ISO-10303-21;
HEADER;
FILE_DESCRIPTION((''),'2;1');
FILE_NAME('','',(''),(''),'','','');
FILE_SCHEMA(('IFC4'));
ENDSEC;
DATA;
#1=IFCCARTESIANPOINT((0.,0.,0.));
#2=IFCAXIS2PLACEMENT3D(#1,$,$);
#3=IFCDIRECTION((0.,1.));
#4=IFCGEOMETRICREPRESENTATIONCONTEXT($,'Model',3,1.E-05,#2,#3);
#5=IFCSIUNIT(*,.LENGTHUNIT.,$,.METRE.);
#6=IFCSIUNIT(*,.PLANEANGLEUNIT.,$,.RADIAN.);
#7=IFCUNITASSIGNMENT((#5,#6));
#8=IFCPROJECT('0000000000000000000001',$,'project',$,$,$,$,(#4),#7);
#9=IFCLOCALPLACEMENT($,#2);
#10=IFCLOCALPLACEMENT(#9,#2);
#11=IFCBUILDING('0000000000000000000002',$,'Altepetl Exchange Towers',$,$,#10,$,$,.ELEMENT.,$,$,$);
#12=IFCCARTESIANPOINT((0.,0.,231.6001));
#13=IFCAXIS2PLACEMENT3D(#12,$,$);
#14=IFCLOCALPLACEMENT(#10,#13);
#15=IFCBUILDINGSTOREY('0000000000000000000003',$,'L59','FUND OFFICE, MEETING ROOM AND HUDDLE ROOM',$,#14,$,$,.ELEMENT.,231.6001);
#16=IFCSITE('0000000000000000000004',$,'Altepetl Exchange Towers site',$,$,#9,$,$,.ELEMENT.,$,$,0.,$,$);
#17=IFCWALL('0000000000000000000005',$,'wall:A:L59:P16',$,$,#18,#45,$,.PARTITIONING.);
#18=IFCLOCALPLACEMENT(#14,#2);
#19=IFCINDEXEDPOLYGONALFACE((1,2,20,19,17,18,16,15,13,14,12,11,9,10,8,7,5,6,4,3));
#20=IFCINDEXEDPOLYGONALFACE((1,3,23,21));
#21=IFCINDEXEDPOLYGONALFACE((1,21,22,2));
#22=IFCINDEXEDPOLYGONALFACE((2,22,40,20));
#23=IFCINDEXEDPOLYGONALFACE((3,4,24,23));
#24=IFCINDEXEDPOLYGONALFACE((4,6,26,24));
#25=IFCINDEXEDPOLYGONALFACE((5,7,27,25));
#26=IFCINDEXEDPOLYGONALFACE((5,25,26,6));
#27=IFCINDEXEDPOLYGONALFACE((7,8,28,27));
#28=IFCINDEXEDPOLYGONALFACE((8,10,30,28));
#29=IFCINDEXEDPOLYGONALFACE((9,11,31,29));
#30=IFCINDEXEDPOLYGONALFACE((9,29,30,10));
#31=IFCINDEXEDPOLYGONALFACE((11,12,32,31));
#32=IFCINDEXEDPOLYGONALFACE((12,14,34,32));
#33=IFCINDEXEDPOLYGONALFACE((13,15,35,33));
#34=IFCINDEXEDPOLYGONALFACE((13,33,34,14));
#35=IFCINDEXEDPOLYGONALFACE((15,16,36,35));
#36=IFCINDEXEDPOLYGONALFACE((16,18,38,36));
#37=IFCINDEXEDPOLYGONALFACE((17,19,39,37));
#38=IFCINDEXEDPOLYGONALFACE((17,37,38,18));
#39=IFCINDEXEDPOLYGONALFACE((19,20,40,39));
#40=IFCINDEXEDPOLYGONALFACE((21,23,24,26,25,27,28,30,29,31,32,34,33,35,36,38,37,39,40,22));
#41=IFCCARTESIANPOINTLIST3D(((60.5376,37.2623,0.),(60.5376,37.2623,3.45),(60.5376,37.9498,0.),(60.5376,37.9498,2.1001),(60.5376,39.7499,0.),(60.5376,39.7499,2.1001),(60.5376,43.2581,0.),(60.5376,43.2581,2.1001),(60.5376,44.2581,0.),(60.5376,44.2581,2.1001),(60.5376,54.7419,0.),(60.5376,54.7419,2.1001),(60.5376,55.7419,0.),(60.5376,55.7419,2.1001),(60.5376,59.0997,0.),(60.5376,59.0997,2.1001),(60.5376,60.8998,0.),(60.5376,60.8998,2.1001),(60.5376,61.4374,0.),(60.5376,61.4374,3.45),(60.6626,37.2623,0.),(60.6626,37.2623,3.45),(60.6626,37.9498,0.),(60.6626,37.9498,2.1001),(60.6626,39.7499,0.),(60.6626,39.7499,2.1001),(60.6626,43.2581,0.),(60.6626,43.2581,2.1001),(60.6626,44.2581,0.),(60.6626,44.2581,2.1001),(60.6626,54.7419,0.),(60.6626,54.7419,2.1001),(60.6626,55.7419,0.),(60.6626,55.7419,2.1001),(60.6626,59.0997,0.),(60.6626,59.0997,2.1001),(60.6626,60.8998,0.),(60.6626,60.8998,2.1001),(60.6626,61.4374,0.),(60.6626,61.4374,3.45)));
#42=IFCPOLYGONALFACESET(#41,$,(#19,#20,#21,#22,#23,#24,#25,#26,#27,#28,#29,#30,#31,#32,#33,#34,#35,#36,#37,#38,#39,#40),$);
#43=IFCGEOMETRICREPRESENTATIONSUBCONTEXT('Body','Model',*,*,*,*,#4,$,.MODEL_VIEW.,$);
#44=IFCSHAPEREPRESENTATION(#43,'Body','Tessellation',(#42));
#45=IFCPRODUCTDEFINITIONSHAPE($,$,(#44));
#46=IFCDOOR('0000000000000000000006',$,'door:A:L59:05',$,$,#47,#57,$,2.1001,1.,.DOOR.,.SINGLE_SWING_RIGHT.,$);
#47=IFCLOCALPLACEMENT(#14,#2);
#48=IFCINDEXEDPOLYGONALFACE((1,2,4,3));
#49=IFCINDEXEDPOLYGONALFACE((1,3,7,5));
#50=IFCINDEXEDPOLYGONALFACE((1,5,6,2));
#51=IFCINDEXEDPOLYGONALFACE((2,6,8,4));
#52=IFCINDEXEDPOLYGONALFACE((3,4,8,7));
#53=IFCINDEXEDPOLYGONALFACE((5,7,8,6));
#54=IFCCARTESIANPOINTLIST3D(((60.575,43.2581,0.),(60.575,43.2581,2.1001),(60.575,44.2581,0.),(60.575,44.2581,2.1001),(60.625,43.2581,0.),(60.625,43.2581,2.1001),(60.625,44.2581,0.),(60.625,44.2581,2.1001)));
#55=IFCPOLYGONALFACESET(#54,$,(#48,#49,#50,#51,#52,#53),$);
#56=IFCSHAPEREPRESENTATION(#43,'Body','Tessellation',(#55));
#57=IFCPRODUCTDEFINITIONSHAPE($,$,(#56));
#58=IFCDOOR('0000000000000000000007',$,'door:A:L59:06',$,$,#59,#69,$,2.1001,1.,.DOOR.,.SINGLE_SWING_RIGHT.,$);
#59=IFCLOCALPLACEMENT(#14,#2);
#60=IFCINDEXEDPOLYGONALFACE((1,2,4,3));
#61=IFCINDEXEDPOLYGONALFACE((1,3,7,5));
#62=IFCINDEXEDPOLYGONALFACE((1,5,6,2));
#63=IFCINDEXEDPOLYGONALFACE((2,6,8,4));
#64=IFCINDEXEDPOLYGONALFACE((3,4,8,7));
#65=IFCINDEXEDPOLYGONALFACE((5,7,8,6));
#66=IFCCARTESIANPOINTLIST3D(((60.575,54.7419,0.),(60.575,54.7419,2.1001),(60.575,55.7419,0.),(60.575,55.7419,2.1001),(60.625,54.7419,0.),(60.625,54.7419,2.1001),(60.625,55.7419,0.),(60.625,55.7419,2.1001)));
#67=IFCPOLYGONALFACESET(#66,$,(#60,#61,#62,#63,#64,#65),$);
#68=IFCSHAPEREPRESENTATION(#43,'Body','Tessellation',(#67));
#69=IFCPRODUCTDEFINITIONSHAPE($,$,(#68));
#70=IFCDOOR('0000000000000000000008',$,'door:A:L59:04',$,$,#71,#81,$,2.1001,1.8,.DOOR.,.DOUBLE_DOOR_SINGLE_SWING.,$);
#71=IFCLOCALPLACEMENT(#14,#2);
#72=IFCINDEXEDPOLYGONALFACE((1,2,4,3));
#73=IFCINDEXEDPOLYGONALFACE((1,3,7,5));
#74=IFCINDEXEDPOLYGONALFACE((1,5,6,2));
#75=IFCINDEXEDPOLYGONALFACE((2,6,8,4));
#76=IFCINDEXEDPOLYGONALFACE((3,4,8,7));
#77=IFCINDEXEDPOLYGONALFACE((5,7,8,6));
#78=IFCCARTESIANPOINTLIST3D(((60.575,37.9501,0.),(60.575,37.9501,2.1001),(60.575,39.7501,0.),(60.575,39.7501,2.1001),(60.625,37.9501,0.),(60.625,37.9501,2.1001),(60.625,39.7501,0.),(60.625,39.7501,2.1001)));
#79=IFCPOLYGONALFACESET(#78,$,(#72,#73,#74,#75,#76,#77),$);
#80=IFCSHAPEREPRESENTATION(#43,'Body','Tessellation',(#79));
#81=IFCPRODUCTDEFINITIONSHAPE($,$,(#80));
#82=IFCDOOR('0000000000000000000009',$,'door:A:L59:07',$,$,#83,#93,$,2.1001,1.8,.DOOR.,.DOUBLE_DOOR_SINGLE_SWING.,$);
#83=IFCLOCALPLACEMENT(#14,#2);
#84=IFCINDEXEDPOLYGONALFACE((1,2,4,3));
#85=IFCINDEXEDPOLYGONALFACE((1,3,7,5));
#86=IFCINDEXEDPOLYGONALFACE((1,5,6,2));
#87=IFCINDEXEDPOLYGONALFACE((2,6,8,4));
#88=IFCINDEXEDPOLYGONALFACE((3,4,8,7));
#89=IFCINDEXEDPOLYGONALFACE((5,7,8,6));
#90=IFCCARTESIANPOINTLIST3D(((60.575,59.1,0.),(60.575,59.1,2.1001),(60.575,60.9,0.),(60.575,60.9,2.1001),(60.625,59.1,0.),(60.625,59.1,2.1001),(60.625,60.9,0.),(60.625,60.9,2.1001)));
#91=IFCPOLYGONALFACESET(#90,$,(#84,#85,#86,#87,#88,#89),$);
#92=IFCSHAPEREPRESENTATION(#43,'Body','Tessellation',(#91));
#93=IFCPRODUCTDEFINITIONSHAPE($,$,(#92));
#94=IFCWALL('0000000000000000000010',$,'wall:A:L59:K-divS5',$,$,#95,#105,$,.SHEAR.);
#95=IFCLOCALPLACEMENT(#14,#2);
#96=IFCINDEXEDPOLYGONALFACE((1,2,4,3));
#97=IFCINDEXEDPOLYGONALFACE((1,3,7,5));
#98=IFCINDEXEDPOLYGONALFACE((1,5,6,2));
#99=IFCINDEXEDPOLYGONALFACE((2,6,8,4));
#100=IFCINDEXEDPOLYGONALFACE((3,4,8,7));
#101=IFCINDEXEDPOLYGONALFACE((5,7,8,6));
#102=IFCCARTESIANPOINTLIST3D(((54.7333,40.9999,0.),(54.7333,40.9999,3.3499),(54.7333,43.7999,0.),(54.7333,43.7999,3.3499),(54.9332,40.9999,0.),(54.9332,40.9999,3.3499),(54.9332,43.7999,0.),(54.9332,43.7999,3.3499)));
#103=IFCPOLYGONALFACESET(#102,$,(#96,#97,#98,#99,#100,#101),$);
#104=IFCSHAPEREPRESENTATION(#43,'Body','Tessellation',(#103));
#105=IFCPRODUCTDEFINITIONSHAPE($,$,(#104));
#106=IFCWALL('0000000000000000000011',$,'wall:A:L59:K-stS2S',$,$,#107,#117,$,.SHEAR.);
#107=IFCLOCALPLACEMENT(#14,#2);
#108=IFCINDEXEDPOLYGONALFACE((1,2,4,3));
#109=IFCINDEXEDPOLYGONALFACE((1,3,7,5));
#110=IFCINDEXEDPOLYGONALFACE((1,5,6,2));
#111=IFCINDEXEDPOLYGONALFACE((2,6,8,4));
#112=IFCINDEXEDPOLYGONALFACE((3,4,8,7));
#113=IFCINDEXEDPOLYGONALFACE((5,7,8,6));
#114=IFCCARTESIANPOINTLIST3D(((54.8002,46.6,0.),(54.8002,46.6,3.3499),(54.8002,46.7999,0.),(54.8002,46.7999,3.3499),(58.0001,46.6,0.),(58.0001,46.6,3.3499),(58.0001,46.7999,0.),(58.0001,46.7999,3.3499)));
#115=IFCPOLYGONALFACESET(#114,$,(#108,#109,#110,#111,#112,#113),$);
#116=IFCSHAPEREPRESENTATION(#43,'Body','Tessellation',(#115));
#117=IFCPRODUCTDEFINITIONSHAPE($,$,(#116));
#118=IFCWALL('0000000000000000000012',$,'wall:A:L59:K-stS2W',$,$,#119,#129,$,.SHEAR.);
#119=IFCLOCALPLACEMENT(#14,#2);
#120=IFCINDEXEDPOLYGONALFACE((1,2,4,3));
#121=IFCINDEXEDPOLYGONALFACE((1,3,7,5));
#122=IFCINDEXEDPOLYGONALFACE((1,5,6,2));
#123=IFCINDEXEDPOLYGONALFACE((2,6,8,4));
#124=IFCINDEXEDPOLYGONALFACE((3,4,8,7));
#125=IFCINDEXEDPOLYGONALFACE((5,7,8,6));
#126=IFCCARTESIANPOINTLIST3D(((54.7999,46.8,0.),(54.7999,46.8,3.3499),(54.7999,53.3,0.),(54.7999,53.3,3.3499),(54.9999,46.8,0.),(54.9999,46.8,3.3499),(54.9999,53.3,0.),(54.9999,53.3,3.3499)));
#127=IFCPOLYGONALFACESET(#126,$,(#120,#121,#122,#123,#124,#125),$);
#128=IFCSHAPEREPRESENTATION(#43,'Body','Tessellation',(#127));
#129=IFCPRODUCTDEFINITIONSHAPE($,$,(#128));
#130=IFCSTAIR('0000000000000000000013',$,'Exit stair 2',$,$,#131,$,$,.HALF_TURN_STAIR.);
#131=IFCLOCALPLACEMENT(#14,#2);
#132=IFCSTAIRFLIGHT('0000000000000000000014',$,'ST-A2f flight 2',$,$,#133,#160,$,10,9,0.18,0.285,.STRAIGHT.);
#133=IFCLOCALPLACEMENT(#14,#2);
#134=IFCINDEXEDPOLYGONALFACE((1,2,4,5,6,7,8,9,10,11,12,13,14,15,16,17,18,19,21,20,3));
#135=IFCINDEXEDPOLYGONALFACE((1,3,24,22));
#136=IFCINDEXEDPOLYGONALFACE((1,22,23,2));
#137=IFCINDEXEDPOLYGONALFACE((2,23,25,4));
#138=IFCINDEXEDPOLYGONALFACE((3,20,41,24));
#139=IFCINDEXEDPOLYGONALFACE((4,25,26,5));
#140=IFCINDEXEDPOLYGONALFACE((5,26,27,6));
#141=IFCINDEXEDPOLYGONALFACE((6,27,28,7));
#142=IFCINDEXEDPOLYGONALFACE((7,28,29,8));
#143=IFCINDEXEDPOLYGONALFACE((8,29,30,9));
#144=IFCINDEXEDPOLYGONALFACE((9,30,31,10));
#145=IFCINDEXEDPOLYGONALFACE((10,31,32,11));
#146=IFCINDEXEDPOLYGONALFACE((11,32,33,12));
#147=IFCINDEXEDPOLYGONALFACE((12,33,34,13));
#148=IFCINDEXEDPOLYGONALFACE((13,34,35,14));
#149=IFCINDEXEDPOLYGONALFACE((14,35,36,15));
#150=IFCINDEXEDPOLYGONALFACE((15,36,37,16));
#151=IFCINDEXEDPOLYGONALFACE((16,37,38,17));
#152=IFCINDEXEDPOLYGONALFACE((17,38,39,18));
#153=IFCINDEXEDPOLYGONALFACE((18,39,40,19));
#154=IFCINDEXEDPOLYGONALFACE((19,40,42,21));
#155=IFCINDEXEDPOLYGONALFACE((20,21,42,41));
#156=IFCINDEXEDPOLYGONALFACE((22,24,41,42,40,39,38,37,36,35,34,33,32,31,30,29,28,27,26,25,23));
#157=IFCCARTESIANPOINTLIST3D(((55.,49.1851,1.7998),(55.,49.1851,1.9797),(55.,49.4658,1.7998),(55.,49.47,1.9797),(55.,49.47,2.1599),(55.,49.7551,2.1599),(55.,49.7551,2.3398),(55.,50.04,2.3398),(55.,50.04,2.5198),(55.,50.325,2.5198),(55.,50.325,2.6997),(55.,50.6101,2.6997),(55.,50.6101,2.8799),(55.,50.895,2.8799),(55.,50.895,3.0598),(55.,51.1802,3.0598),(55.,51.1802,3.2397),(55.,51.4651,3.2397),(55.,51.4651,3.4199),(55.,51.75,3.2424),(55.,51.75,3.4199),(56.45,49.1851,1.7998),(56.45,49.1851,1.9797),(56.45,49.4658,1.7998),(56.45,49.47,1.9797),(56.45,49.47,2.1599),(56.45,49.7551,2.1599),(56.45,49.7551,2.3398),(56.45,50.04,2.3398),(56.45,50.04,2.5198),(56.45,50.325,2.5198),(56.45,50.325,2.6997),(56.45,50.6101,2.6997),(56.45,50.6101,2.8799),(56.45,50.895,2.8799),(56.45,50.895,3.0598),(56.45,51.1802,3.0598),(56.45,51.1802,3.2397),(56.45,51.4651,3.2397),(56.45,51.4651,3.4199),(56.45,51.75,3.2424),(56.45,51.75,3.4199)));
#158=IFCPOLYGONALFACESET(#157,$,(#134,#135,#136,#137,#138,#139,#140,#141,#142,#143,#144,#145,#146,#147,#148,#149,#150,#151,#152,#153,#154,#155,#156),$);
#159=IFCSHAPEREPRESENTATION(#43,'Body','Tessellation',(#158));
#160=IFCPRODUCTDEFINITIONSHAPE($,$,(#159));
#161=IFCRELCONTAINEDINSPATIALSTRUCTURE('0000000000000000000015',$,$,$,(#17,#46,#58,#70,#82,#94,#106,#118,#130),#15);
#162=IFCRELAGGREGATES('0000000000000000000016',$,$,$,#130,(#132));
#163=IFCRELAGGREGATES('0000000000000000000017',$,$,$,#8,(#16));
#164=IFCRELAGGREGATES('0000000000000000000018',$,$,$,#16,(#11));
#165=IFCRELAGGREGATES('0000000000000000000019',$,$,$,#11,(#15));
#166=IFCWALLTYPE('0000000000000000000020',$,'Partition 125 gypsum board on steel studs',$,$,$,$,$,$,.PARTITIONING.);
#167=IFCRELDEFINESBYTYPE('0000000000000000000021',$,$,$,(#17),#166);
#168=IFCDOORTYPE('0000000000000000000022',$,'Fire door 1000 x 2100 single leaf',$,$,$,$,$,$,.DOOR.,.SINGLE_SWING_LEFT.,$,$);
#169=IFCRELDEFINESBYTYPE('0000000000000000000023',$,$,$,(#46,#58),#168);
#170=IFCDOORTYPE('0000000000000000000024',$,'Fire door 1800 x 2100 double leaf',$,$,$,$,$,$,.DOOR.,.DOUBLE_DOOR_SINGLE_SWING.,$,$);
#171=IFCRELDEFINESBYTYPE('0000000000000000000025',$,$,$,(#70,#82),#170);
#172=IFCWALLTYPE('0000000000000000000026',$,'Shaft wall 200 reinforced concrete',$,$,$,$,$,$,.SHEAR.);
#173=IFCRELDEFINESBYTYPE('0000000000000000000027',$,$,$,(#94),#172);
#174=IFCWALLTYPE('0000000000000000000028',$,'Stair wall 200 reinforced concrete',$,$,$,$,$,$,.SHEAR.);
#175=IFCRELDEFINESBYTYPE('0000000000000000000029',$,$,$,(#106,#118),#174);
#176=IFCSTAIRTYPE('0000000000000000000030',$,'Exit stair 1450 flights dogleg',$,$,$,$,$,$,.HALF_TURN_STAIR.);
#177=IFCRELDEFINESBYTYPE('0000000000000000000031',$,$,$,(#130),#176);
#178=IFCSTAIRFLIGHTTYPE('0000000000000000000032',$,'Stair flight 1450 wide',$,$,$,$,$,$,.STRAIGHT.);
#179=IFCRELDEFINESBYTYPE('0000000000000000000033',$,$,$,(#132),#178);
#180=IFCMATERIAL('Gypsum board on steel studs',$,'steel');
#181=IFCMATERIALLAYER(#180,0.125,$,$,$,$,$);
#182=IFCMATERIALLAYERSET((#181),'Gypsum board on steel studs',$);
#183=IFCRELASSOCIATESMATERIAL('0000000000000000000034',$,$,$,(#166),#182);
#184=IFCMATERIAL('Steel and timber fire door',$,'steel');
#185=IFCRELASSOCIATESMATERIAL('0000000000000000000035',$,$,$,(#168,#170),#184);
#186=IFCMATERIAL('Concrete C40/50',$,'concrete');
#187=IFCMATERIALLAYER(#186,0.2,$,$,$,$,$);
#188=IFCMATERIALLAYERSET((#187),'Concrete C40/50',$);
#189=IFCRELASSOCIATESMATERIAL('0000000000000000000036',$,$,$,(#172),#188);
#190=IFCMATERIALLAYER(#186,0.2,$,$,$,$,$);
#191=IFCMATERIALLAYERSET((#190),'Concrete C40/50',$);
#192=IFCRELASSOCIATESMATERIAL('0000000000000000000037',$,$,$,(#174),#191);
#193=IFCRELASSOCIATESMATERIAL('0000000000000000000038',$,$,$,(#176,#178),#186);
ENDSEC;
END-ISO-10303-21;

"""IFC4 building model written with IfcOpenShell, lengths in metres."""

from ifc_helpers import new_model, si_unit, direction, frame, frame_2d, origin, place, context, subcontext, project, spatial, polyline, rectangle, outline, extrude, material, layer, layer_set, type_object, element, fill, aggregate, save


model = new_model("IFC4")

# Units and contexts
model_context = context("Model", 3, precision=1e-05, world=origin(), true_north=direction((0.0, 1.0)))
body_context = subcontext(model_context, "Body", "Model", "MODEL_VIEW")
ifc_project = project(units=[si_unit("LENGTHUNIT", "METRE"), si_unit("PLANEANGLEUNIT", "RADIAN")], contexts=[model_context])

# Site, building, storey
site_placement = place(None, origin())
site = spatial("IfcSite", under=ifc_project, at=site_placement, Name="Altepetl Exchange Towers site", CompositionType="ELEMENT", RefElevation=0.0)
building_placement = place(site_placement, origin())
building = spatial("IfcBuilding", under=site, at=building_placement, Name="Altepetl Exchange Towers", CompositionType="ELEMENT")
storey_placement = place(building_placement, frame((0.0, 0.0, 231.6001)))
storey = spatial("IfcBuildingStorey", under=building, at=storey_placement, Name="L59", Description="FUND OFFICE, MEETING ROOM AND HUDDLE ROOM", CompositionType="ELEMENT", Elevation=231.6001)

# Shared definitions
ifc_material_1 = material(Name="Steel and timber fire door", Category="steel")

# Shared definitions
ifc_material_2 = material(Name="Gypsum board on steel studs", Category="steel")
ifc_layer_1 = layer(ifc_material_2, 0.125)
ifc_layer_set_1 = layer_set([ifc_layer_1], Name="Gypsum board on steel studs")
wall_type_1 = type_object("IfcWallType", Name="Partition 125 gypsum board on steel studs", PredefinedType="PARTITIONING", material=ifc_layer_set_1)

# Wall, openings, doors
wall_1_placement = place(storey_placement, frame((60.6001, 37.2625, 0.0), z_axis=(0.0, 0.0, 1.0), x_axis=(0.0, 1.0, 0.0)))
wall_1 = element("IfcWall", 1, at=wall_1_placement, inside=storey, type_object=wall_type_1, Name="wall:A:L59:P16", PredefinedType="PARTITIONING", context=body_context, shape_type="SweptSolid", body=[
    extrude(rectangle(XDim=24.175, YDim=0.125, at=frame_2d((12.0874, 0.0))), origin(), (0.0, 0.0, 1.0), 3.45),
])
opening_1_placement = place(wall_1_placement, frame((0.6875, 0.0, 0.0)))
opening_1 = element("IfcOpeningElement", 2, at=opening_1_placement, cuts=wall_1, PredefinedType="OPENING", context=body_context, shape_type="SweptSolid", body=[
    extrude(rectangle(XDim=1.8, YDim=2.1001, at=frame_2d((0.8999, 1.05))), frame((0.0, 0.0725, 0.0), z_axis=(0.0, -1.0, 0.0), x_axis=(1.0, 0.0, 0.0)), (0.0, 0.0, 1.0), 0.145),
])
opening_2_placement = place(wall_1_placement, frame((5.9956, 0.0, 0.0)))
opening_2 = element("IfcOpeningElement", 3, at=opening_2_placement, cuts=wall_1, PredefinedType="OPENING", context=body_context, shape_type="SweptSolid", body=[
    extrude(rectangle(XDim=1.0, YDim=2.1001, at=frame_2d((0.5, 1.05))), frame((0.0, 0.0725, 0.0), z_axis=(0.0, -1.0, 0.0), x_axis=(1.0, 0.0, 0.0)), (0.0, 0.0, 1.0), 0.145),
])
opening_3_placement = place(wall_1_placement, frame((17.4795, 0.0, 0.0)))
opening_3 = element("IfcOpeningElement", 4, at=opening_3_placement, cuts=wall_1, PredefinedType="OPENING", context=body_context, shape_type="SweptSolid", body=[
    extrude(rectangle(XDim=1.0, YDim=2.1001, at=frame_2d((0.5, 1.05))), frame((0.0, 0.0725, 0.0), z_axis=(0.0, -1.0, 0.0), x_axis=(1.0, 0.0, 0.0)), (0.0, 0.0, 1.0), 0.145),
])
opening_4_placement = place(wall_1_placement, frame((21.8374, 0.0, 0.0)))
opening_4 = element("IfcOpeningElement", 5, at=opening_4_placement, cuts=wall_1, PredefinedType="OPENING", context=body_context, shape_type="SweptSolid", body=[
    extrude(rectangle(XDim=1.8, YDim=2.1001, at=frame_2d((0.8999, 1.05))), frame((0.0, 0.0725, 0.0), z_axis=(0.0, -1.0, 0.0), x_axis=(1.0, 0.0, 0.0)), (0.0, 0.0, 1.0), 0.145),
])
door_type_1 = type_object("IfcDoorType", Name="Fire door 1000 x 2100 single leaf", OperationType="SINGLE_SWING_LEFT", PredefinedType="DOOR", material=ifc_material_1)
door_1_placement = place(opening_2_placement, frame((1.0, 0.0, 0.0), x_axis=(-1.0, 0.0, 0.0)))
door_1 = element("IfcDoor", 6, at=door_1_placement, inside=storey, type_object=door_type_1, Name="door:A:L59:05", OperationType="SINGLE_SWING_RIGHT", OverallHeight=2.1001, OverallWidth=1.0, PredefinedType="DOOR", context=body_context, shape_type="SweptSolid", body=[
    extrude(rectangle(XDim=1.0, YDim=2.1001, at=frame_2d((0.5, 1.05))), frame((0.0, 0.0249, 0.0), z_axis=(0.0, -1.0, 0.0), x_axis=(1.0, 0.0, 0.0)), (0.0, 0.0, 1.0), 0.05),
])
fill(opening_2, door_1)
door_2_placement = place(opening_3_placement, frame((1.0, 0.0, 0.0), x_axis=(-1.0, 0.0, 0.0)))
door_2 = element("IfcDoor", 7, at=door_2_placement, inside=storey, type_object=door_type_1, Name="door:A:L59:06", OperationType="SINGLE_SWING_RIGHT", OverallHeight=2.1001, OverallWidth=1.0, PredefinedType="DOOR", context=body_context, shape_type="SweptSolid", body=[
    extrude(rectangle(XDim=1.0, YDim=2.1001, at=frame_2d((0.5, 1.05))), frame((0.0, 0.0249, 0.0), z_axis=(0.0, -1.0, 0.0), x_axis=(1.0, 0.0, 0.0)), (0.0, 0.0, 1.0), 0.05),
])
fill(opening_3, door_2)
door_type_2 = type_object("IfcDoorType", Name="Fire door 1800 x 2100 double leaf", OperationType="DOUBLE_DOOR_SINGLE_SWING", PredefinedType="DOOR", material=ifc_material_1)
door_3_placement = place(opening_1_placement, frame((1.8, 0.0, 0.0), x_axis=(-1.0, 0.0, 0.0)))
door_3 = element("IfcDoor", 8, at=door_3_placement, inside=storey, type_object=door_type_2, Name="door:A:L59:04", OperationType="DOUBLE_DOOR_SINGLE_SWING", OverallHeight=2.1001, OverallWidth=1.8, PredefinedType="DOOR", context=body_context, shape_type="SweptSolid", body=[
    extrude(rectangle(XDim=1.8, YDim=2.1001, at=frame_2d((0.8999, 1.05))), frame((0.0, 0.0249, 0.0), z_axis=(0.0, -1.0, 0.0), x_axis=(1.0, 0.0, 0.0)), (0.0, 0.0, 1.0), 0.05),
])
fill(opening_1, door_3)
door_4_placement = place(opening_4_placement, frame((1.8, 0.0, 0.0), x_axis=(-1.0, 0.0, 0.0)))
door_4 = element("IfcDoor", 9, at=door_4_placement, inside=storey, type_object=door_type_2, Name="door:A:L59:07", OperationType="DOUBLE_DOOR_SINGLE_SWING", OverallHeight=2.1001, OverallWidth=1.8, PredefinedType="DOOR", context=body_context, shape_type="SweptSolid", body=[
    extrude(rectangle(XDim=1.8, YDim=2.1001, at=frame_2d((0.8999, 1.05))), frame((0.0, 0.0249, 0.0), z_axis=(0.0, -1.0, 0.0), x_axis=(1.0, 0.0, 0.0)), (0.0, 0.0, 1.0), 0.05),
])
fill(opening_4, door_4)

# Walls
ifc_material_3 = material(Name="Concrete C40/50", Category="concrete")
ifc_layer_2 = layer(ifc_material_3, 0.2)
ifc_layer_set_2 = layer_set([ifc_layer_2], Name="Concrete C40/50")
wall_type_2 = type_object("IfcWallType", Name="Shaft wall 200 reinforced concrete", PredefinedType="SHEAR", material=ifc_layer_set_2)
wall_2_placement = place(storey_placement, frame((54.8333, 41.0, 0.0), z_axis=(0.0, 0.0, 1.0), x_axis=(0.0, 1.0, 0.0)))
element("IfcWall", 10, at=wall_2_placement, inside=storey, type_object=wall_type_2, Name="wall:A:L59:K-divS5", PredefinedType="SHEAR", context=body_context, shape_type="SweptSolid", body=[
    extrude(rectangle(XDim=2.8, YDim=0.2, at=frame_2d((1.3999, 0.0))), origin(), (0.0, 0.0, 1.0), 3.3499),
])
ifc_layer_3 = layer(ifc_material_3, 0.2)
ifc_layer_set_3 = layer_set([ifc_layer_3], Name="Concrete C40/50")
wall_type_3 = type_object("IfcWallType", Name="Stair wall 200 reinforced concrete", PredefinedType="SHEAR", material=ifc_layer_set_3)
wall_3_placement = place(storey_placement, frame((54.8, 46.7, 0.0)))
element("IfcWall", 11, at=wall_3_placement, inside=storey, type_object=wall_type_3, Name="wall:A:L59:K-stS2S", PredefinedType="SHEAR", context=body_context, shape_type="SweptSolid", body=[
    extrude(rectangle(XDim=3.2, YDim=0.2, at=frame_2d((1.6001, 0.0))), origin(), (0.0, 0.0, 1.0), 3.3499),
])
wall_4_placement = place(storey_placement, frame((54.8999, 46.8, 0.0), z_axis=(0.0, 0.0, 1.0), x_axis=(0.0, 1.0, 0.0)))
element("IfcWall", 12, at=wall_4_placement, inside=storey, type_object=wall_type_3, Name="wall:A:L59:K-stS2W", PredefinedType="SHEAR", context=body_context, shape_type="SweptSolid", body=[
    extrude(rectangle(XDim=6.5, YDim=0.2, at=frame_2d((3.25, 0.0))), origin(), (0.0, 0.0, 1.0), 3.3499),
])

# Stair, stair flight
stair_type = type_object("IfcStairType", Name="Exit stair 1450 flights dogleg", PredefinedType="HALF_TURN_STAIR", material=ifc_material_3)
stair_placement = place(storey_placement, origin())
stair = element("IfcStair", 13, at=stair_placement, inside=storey, type_object=stair_type, Name="Exit stair 2", PredefinedType="HALF_TURN_STAIR")
stair_flight_type = type_object("IfcStairFlightType", Name="Stair flight 1450 wide", PredefinedType="STRAIGHT", material=ifc_material_3)
stair_flight_placement = place(storey_placement, frame((55.7251, 49.1851, 1.7998), z_axis=(0.0, 0.0, 1.0), x_axis=(0.0, 1.0, 0.0)))
stair_flight = element("IfcStairFlight", 14, at=stair_flight_placement, type_object=stair_flight_type, Name="ST-A2f flight 2", NumberOfRisers=10, NumberOfTreads=9, PredefinedType="STRAIGHT", RiserHeight=0.18, TreadLength=0.285, context=body_context, shape_type="SweptSolid", body=[
    extrude(outline(polyline([(0.0, 0.0), (0.0, 0.1799), (0.2849, 0.1799), (0.2849, 0.3601), (0.5701, 0.3601), (0.5701, 0.54), (0.855, 0.54), (0.855, 0.72), (1.1399, 0.72), (1.1399, 0.8999), (1.425, 0.8999), (1.425, 1.0801), (1.71, 1.0801), (1.71, 1.26), (1.9951, 1.26), (1.9951, 1.4399), (2.28, 1.4399), (2.28, 1.6201), (2.5649, 1.6201), (2.5649, 1.8), (2.5649, 1.4426), (0.2808, 0.0), (0.0, 0.0)])), frame((0.0, 0.7251, 0.0), z_axis=(0.0, -1.0, 0.0), x_axis=(1.0, 0.0, 0.0)), (0.0, 0.0, 1.0), 1.45),
])
aggregate(stair, [stair_flight])

save(model, "model.ifc")
